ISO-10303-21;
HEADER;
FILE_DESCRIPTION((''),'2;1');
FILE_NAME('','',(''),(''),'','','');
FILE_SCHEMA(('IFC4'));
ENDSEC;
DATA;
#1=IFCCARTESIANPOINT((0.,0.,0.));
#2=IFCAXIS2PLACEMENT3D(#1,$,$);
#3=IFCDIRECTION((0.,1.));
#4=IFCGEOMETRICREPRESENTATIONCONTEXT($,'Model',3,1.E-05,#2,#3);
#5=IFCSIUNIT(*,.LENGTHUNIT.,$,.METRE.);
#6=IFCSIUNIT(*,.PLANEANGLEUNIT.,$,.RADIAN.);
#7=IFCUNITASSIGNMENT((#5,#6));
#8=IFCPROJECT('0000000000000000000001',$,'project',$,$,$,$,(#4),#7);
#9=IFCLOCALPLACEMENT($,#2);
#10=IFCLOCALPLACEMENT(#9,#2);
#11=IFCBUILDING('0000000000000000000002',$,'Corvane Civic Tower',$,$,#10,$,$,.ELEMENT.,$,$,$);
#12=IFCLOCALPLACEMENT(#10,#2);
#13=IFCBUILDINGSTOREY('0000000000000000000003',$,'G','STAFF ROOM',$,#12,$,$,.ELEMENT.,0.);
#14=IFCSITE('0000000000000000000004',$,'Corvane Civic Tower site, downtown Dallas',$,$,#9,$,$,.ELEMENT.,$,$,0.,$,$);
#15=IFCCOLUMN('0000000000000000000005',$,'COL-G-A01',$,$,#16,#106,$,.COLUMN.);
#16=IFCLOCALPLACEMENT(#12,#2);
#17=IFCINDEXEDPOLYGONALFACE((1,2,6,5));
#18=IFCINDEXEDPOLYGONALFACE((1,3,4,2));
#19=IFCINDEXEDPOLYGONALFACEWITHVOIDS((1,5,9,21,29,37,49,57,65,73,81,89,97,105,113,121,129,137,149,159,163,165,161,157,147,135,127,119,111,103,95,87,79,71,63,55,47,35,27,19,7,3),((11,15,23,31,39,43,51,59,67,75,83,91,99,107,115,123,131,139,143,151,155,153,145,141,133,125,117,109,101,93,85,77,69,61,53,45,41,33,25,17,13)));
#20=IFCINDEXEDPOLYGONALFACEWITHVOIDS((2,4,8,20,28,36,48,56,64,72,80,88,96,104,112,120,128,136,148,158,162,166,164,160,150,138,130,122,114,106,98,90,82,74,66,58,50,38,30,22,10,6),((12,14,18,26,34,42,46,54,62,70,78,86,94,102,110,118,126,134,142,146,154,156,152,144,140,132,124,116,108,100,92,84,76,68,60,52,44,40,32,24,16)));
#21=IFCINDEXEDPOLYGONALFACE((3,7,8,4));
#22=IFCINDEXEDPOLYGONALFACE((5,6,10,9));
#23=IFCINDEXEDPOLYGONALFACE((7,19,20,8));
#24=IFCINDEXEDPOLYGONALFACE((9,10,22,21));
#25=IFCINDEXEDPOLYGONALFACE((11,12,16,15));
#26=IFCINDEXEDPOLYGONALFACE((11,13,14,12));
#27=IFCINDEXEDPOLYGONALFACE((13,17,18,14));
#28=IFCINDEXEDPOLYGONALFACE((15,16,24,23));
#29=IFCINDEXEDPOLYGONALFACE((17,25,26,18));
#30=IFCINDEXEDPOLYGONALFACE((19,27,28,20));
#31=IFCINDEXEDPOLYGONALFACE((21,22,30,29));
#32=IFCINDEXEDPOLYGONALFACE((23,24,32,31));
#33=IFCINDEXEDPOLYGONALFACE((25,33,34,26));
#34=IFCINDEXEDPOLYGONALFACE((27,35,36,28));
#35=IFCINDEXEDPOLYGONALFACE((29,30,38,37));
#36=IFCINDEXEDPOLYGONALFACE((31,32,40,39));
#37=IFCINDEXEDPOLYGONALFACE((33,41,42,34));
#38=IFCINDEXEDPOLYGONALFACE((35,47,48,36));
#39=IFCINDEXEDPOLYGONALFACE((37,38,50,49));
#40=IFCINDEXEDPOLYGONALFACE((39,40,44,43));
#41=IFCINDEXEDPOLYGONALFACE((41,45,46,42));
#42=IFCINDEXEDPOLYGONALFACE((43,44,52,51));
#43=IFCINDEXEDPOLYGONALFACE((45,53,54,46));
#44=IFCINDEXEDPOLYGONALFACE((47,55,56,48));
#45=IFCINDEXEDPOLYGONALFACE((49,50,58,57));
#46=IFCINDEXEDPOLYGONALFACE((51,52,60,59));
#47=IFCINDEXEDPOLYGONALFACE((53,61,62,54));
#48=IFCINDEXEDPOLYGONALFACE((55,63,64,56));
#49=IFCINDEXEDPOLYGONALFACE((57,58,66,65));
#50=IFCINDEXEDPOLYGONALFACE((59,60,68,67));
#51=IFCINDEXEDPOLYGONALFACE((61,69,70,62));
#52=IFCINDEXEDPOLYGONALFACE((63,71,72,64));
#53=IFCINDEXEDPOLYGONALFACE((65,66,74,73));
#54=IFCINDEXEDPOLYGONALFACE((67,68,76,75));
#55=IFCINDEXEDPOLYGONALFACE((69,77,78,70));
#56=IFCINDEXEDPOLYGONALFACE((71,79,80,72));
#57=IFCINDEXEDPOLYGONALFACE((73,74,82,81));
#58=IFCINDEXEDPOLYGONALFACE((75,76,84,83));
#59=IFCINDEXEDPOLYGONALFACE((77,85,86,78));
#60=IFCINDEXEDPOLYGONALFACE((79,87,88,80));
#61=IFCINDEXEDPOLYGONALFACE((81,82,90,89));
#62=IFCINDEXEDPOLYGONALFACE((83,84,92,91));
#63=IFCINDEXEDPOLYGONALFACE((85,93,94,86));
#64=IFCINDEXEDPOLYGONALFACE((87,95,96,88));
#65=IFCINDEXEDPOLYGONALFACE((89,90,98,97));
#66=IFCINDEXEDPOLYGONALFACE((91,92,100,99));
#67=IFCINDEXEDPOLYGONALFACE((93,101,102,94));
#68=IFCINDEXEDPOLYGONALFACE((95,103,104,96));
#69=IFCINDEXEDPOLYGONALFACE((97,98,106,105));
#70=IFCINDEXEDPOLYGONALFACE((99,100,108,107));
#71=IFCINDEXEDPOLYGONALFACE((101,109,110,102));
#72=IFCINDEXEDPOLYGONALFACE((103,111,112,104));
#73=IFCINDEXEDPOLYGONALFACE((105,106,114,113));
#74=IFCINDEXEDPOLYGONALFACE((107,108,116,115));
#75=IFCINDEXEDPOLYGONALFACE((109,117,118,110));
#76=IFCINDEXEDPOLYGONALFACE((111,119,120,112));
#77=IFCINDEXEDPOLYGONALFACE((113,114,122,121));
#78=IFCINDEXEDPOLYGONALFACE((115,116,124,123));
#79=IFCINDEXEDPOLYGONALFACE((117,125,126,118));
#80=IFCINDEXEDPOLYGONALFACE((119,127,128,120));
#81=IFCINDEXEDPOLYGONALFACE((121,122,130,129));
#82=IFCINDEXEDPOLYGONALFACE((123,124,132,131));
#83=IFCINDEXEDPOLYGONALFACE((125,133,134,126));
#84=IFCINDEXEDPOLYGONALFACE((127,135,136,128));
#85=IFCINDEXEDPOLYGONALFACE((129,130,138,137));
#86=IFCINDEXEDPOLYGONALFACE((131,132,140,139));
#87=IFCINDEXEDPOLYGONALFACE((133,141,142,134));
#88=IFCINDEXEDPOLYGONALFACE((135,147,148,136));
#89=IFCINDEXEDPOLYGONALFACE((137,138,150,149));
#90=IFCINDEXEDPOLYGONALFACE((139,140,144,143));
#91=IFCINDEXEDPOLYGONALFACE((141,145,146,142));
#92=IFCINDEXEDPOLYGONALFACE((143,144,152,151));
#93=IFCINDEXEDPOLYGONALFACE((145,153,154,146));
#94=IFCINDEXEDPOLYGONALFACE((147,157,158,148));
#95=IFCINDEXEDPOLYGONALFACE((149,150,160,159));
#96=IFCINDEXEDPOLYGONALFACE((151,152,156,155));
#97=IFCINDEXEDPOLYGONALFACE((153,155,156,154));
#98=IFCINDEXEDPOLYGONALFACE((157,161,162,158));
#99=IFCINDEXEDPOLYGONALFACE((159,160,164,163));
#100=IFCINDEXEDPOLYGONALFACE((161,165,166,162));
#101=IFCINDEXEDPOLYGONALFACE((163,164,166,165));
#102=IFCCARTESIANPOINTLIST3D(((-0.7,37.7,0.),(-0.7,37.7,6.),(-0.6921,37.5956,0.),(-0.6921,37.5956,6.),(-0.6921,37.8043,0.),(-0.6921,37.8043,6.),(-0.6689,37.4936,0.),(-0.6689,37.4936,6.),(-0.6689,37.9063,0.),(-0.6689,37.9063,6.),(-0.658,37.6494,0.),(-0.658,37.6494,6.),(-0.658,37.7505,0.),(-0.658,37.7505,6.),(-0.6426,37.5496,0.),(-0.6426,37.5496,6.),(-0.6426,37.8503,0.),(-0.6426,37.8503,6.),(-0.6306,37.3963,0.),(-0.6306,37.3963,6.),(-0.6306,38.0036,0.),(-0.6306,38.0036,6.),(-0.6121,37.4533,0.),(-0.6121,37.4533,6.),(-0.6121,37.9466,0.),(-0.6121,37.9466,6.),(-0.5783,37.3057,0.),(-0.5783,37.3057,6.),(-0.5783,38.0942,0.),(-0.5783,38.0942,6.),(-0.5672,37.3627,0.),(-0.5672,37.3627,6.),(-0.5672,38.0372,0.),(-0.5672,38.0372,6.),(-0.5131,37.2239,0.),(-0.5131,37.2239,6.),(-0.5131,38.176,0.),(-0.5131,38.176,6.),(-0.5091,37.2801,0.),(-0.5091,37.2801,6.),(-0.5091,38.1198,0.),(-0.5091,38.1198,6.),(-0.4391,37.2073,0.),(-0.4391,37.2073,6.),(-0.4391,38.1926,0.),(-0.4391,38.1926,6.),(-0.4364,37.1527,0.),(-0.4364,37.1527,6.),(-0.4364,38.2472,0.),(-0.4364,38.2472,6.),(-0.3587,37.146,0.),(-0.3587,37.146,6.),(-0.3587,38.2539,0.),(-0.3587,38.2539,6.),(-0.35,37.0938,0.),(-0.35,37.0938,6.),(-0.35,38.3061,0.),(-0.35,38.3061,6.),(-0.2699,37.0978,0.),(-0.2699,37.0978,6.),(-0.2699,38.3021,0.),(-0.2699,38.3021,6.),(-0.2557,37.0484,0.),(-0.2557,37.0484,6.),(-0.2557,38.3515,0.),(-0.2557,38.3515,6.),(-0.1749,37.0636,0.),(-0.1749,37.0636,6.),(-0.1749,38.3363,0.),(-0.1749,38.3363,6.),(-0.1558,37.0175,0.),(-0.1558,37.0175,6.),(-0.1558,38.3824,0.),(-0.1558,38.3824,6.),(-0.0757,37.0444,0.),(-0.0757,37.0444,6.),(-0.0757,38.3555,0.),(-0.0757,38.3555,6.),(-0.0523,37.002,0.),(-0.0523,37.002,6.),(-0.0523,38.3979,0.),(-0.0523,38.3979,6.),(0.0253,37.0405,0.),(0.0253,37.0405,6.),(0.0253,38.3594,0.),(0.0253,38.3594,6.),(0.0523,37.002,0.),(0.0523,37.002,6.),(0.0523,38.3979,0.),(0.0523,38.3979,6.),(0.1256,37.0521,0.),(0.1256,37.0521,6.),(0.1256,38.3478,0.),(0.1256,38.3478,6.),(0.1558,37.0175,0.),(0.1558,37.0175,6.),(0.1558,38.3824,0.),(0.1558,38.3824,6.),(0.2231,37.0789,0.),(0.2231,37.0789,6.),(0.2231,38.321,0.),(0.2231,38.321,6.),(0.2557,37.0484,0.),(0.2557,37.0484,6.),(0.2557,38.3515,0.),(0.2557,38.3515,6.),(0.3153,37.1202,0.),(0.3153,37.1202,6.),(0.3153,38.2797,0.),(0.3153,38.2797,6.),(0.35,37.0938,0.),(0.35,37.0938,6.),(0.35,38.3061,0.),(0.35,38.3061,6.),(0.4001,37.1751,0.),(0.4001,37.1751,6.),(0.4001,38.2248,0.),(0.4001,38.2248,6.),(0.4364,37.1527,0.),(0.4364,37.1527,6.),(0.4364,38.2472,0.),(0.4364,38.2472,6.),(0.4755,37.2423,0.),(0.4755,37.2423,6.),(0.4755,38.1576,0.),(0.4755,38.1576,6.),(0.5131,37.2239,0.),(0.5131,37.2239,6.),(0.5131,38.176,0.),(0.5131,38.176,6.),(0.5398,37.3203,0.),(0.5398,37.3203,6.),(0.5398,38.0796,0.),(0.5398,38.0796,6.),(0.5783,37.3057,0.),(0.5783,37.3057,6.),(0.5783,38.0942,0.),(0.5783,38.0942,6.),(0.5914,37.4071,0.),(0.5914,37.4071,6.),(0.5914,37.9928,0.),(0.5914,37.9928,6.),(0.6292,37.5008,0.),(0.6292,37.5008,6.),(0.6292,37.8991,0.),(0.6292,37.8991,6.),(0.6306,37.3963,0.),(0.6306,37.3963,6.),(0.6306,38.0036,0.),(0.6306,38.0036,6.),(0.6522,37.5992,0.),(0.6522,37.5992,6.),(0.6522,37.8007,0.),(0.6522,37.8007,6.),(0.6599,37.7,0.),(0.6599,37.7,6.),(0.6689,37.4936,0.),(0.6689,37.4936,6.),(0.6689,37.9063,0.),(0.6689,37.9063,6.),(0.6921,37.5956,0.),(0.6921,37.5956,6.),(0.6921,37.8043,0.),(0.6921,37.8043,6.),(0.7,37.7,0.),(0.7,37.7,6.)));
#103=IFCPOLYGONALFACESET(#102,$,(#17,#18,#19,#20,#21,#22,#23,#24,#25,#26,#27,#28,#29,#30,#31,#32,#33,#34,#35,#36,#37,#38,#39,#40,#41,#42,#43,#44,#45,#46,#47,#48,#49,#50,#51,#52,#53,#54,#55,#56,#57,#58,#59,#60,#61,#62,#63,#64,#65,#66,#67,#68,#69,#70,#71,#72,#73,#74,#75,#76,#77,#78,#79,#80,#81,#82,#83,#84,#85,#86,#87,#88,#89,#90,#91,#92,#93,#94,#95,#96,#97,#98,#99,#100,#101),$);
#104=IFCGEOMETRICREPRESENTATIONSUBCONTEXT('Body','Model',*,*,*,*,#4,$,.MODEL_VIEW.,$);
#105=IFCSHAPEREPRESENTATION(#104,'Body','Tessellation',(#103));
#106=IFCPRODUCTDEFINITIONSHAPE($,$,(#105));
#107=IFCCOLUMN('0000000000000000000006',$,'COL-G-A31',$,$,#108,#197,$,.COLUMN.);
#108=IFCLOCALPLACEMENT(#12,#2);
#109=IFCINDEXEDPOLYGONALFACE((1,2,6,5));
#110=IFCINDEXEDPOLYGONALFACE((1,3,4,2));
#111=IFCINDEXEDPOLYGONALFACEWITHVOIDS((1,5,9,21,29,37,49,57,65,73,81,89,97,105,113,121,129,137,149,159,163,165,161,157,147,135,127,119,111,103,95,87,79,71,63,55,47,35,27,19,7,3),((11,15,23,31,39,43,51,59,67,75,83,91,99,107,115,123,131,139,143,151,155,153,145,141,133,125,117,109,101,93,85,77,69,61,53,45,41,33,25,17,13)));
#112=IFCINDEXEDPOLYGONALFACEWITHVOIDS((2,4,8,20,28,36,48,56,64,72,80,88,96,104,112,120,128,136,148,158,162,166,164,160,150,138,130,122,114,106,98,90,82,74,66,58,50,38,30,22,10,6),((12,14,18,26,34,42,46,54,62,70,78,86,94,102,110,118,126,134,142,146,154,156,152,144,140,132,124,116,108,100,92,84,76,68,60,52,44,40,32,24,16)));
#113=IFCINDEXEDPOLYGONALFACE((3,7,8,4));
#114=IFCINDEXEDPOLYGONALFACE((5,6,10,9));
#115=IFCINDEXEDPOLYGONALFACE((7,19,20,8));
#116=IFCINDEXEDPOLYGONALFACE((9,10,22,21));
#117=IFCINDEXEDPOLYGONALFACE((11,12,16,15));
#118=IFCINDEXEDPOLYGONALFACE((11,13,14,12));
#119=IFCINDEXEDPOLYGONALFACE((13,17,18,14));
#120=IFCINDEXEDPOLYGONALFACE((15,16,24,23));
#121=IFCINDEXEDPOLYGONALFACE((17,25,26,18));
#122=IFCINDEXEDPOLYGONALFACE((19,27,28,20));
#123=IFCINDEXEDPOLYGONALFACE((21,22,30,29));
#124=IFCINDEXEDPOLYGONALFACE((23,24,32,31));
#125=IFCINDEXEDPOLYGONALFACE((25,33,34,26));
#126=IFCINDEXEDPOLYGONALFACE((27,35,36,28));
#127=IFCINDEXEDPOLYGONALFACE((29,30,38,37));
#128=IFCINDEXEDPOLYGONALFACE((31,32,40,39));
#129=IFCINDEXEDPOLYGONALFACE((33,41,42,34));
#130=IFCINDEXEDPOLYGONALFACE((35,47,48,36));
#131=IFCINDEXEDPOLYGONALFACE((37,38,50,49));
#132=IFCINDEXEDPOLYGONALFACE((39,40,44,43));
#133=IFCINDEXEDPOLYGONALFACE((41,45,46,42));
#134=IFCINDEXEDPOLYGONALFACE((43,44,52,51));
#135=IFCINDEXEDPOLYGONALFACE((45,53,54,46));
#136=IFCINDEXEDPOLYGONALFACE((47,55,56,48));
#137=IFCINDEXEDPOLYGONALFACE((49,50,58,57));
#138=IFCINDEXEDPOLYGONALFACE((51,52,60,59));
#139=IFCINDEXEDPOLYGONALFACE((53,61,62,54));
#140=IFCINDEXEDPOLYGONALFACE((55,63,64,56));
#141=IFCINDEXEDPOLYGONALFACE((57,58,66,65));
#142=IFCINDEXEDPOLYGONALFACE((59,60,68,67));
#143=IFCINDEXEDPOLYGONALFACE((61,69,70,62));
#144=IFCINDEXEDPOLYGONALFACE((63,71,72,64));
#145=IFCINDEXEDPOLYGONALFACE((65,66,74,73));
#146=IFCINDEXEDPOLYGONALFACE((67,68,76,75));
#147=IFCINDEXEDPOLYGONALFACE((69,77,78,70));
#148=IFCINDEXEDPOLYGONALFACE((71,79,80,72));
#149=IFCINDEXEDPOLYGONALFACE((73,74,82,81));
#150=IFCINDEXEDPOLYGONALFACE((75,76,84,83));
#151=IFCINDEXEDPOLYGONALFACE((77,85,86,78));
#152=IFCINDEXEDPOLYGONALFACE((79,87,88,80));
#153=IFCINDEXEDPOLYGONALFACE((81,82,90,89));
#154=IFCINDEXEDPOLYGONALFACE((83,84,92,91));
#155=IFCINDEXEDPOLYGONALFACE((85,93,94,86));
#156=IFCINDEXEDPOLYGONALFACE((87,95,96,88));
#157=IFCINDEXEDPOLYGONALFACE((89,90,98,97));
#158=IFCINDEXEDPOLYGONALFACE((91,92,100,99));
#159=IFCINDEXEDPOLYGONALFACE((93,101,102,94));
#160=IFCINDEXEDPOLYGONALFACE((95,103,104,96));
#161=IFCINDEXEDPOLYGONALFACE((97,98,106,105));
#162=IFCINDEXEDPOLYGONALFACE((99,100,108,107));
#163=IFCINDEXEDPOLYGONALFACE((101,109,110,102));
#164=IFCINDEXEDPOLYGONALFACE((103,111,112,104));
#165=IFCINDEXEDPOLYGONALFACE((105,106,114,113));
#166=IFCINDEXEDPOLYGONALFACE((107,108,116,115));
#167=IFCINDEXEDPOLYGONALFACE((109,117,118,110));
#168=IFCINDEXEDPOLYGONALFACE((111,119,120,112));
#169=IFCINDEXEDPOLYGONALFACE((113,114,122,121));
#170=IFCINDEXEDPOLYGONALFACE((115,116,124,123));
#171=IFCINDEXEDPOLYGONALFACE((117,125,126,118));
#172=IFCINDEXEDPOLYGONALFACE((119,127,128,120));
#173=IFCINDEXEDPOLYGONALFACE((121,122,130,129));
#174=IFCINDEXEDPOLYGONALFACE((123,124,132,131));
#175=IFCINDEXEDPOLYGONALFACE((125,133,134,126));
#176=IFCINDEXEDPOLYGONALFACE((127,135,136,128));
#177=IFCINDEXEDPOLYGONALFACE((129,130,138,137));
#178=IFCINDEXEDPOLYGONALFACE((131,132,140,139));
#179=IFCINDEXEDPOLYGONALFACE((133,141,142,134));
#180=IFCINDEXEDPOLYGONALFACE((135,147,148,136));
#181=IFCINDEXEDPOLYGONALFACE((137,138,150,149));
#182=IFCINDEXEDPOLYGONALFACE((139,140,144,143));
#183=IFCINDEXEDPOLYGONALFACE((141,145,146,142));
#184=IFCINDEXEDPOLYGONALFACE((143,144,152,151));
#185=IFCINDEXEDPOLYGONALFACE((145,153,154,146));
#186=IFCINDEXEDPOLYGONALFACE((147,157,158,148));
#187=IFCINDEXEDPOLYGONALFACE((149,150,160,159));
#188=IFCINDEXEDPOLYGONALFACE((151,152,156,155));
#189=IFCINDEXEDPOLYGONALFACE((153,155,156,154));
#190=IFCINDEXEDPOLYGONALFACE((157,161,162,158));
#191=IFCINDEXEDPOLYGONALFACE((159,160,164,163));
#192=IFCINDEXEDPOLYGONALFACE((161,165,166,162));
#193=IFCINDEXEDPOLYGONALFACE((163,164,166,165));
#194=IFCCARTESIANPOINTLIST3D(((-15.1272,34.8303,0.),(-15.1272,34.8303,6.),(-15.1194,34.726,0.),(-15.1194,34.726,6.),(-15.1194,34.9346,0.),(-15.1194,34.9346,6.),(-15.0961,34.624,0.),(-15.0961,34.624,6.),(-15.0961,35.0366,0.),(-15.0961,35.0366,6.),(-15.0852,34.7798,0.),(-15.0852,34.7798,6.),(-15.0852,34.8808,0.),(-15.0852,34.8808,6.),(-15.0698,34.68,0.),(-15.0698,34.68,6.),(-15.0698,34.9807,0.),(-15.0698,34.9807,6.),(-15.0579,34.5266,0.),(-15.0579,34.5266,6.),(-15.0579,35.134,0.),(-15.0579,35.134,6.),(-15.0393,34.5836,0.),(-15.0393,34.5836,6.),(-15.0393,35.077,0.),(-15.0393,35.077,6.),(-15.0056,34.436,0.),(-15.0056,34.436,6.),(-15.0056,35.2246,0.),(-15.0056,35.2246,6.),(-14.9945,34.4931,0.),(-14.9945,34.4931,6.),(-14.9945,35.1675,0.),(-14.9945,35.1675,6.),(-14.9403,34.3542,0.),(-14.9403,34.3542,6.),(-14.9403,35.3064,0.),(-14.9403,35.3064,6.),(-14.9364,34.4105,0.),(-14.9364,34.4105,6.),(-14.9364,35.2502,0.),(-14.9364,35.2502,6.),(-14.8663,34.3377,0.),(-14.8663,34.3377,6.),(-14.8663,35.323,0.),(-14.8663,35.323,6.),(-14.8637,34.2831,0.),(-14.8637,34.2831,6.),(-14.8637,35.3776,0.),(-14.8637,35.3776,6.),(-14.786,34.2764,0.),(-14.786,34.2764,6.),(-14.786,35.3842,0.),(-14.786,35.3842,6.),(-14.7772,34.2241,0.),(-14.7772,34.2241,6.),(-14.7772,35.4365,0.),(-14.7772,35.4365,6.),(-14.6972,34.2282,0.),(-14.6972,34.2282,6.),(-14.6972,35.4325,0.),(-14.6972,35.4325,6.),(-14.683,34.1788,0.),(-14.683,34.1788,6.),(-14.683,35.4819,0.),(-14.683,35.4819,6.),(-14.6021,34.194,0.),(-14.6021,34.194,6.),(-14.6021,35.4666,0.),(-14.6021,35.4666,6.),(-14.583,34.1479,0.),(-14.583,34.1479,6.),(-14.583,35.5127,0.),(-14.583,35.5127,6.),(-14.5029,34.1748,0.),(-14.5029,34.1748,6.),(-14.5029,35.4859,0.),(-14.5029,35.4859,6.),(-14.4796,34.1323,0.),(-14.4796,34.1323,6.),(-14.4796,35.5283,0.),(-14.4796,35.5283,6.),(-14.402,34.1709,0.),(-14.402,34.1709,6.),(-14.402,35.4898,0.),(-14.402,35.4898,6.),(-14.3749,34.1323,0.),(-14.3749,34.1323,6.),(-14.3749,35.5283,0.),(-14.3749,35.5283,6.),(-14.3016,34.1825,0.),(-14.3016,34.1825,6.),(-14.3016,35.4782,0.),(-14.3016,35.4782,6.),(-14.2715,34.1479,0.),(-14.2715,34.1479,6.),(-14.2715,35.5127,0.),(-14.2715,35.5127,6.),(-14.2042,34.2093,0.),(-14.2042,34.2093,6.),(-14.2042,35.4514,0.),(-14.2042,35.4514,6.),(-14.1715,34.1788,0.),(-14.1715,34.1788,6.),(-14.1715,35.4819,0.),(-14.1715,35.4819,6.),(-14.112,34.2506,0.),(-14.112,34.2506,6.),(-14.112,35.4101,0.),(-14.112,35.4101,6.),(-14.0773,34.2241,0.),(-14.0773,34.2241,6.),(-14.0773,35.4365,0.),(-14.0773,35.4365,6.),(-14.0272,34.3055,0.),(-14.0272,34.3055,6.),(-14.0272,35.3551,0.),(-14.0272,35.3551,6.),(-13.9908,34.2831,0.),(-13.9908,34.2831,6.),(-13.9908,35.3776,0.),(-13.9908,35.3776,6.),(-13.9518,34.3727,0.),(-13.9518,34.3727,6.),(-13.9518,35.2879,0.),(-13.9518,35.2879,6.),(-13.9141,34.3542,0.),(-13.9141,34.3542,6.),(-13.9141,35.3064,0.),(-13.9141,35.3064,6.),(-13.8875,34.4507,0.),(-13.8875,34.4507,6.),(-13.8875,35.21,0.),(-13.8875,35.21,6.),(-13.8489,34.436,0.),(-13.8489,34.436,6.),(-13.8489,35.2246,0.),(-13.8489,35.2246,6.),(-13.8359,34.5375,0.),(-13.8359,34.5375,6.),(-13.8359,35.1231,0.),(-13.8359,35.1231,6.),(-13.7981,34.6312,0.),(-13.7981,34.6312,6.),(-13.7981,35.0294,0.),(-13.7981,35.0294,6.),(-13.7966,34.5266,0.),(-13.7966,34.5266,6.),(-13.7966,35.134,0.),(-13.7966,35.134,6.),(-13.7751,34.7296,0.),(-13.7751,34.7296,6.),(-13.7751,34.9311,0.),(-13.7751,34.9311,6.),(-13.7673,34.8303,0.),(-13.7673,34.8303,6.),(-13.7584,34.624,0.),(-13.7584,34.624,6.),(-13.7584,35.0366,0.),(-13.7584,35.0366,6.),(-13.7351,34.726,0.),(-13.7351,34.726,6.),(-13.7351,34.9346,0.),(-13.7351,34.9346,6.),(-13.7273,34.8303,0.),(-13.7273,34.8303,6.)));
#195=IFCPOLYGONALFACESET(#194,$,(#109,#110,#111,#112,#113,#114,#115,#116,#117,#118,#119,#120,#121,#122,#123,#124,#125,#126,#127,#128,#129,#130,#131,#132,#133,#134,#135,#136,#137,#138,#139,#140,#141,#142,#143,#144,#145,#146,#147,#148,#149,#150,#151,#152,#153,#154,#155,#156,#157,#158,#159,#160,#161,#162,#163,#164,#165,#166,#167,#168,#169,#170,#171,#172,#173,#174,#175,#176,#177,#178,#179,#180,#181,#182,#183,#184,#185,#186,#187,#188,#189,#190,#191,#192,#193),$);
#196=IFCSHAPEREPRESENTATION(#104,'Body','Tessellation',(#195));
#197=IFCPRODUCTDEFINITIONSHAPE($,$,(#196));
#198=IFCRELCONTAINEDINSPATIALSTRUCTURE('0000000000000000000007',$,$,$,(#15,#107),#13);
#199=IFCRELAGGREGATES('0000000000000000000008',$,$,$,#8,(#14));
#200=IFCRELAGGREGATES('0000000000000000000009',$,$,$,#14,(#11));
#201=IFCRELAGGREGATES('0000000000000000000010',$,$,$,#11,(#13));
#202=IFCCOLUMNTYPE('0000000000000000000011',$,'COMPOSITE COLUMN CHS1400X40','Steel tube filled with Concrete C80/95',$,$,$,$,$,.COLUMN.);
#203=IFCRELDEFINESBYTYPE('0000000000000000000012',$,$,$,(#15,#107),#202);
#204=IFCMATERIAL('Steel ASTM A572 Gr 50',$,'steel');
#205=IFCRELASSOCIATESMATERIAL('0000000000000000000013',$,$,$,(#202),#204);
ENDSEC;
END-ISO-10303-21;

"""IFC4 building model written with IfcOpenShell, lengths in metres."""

from ifc_helpers import new_model, si_unit, direction, frame, origin, origin_2d, place, context, subcontext, project, spatial, hollow_circle, extrude, material, material_profile, profile_set, type_object, element, save


model = new_model("IFC4")

# Units and contexts
model_context = context("Model", 3, precision=1e-05, world=origin(), true_north=direction((0.0, 1.0)))
body_context = subcontext(model_context, "Body", "Model", "MODEL_VIEW")
ifc_project = project(units=[si_unit("LENGTHUNIT", "METRE"), si_unit("PLANEANGLEUNIT", "RADIAN")], contexts=[model_context])

# Site, building, storey
site_placement = place(None, origin())
site = spatial("IfcSite", under=ifc_project, at=site_placement, Name="Corvane Civic Tower site, downtown Dallas", CompositionType="ELEMENT", RefElevation=0.0)
building_placement = place(site_placement, origin())
building = spatial("IfcBuilding", under=site, at=building_placement, Name="Corvane Civic Tower", CompositionType="ELEMENT")
storey_placement = place(building_placement, origin())
storey = spatial("IfcBuildingStorey", under=building, at=storey_placement, Name="G", Description="STAFF ROOM", CompositionType="ELEMENT", Elevation=0.0)

# Columns
ifc_material_1 = material(Name="Steel ASTM A572 Gr 50", Category="steel")
ifc_material_profile_1 = material_profile(ifc_material_1, hollow_circle(Radius=0.7, WallThickness=0.04, at=origin_2d()), Name="CHS1400X40")
ifc_profile_set_1 = profile_set([ifc_material_profile_1], Name="Steel ASTM A572 Gr 50")
column_type_1 = type_object("IfcColumnType", Name="COMPOSITE COLUMN CHS1400X40", Description="Steel tube filled with Concrete C80/95", PredefinedType="COLUMN", material=ifc_profile_set_1)
for number, where, z_axis, x_axis, name in (
    (1, (0.0, 37.7, 0.0), (0.0, 0.0, 1.0), (1.0, 0.0, 0.0), "COL-G-A01"),
    (2, (-14.4272, 34.8303, 0.0), (0.0, 0.0, 1.0), (1.0, 0.0, 0.0), "COL-G-A31"),
):
    element("IfcColumn", number, at=place(storey_placement, frame(where, z_axis=z_axis, x_axis=x_axis)), inside=storey, type_object=column_type_1, Name=name, PredefinedType="COLUMN", context=body_context, shape_type="SweptSolid", body=[
        extrude(hollow_circle(Radius=0.7, WallThickness=0.04, at=origin_2d()), origin(), (0.0, 0.0, 1.0), 6.0),
    ])

save(model, "model.ifc")
